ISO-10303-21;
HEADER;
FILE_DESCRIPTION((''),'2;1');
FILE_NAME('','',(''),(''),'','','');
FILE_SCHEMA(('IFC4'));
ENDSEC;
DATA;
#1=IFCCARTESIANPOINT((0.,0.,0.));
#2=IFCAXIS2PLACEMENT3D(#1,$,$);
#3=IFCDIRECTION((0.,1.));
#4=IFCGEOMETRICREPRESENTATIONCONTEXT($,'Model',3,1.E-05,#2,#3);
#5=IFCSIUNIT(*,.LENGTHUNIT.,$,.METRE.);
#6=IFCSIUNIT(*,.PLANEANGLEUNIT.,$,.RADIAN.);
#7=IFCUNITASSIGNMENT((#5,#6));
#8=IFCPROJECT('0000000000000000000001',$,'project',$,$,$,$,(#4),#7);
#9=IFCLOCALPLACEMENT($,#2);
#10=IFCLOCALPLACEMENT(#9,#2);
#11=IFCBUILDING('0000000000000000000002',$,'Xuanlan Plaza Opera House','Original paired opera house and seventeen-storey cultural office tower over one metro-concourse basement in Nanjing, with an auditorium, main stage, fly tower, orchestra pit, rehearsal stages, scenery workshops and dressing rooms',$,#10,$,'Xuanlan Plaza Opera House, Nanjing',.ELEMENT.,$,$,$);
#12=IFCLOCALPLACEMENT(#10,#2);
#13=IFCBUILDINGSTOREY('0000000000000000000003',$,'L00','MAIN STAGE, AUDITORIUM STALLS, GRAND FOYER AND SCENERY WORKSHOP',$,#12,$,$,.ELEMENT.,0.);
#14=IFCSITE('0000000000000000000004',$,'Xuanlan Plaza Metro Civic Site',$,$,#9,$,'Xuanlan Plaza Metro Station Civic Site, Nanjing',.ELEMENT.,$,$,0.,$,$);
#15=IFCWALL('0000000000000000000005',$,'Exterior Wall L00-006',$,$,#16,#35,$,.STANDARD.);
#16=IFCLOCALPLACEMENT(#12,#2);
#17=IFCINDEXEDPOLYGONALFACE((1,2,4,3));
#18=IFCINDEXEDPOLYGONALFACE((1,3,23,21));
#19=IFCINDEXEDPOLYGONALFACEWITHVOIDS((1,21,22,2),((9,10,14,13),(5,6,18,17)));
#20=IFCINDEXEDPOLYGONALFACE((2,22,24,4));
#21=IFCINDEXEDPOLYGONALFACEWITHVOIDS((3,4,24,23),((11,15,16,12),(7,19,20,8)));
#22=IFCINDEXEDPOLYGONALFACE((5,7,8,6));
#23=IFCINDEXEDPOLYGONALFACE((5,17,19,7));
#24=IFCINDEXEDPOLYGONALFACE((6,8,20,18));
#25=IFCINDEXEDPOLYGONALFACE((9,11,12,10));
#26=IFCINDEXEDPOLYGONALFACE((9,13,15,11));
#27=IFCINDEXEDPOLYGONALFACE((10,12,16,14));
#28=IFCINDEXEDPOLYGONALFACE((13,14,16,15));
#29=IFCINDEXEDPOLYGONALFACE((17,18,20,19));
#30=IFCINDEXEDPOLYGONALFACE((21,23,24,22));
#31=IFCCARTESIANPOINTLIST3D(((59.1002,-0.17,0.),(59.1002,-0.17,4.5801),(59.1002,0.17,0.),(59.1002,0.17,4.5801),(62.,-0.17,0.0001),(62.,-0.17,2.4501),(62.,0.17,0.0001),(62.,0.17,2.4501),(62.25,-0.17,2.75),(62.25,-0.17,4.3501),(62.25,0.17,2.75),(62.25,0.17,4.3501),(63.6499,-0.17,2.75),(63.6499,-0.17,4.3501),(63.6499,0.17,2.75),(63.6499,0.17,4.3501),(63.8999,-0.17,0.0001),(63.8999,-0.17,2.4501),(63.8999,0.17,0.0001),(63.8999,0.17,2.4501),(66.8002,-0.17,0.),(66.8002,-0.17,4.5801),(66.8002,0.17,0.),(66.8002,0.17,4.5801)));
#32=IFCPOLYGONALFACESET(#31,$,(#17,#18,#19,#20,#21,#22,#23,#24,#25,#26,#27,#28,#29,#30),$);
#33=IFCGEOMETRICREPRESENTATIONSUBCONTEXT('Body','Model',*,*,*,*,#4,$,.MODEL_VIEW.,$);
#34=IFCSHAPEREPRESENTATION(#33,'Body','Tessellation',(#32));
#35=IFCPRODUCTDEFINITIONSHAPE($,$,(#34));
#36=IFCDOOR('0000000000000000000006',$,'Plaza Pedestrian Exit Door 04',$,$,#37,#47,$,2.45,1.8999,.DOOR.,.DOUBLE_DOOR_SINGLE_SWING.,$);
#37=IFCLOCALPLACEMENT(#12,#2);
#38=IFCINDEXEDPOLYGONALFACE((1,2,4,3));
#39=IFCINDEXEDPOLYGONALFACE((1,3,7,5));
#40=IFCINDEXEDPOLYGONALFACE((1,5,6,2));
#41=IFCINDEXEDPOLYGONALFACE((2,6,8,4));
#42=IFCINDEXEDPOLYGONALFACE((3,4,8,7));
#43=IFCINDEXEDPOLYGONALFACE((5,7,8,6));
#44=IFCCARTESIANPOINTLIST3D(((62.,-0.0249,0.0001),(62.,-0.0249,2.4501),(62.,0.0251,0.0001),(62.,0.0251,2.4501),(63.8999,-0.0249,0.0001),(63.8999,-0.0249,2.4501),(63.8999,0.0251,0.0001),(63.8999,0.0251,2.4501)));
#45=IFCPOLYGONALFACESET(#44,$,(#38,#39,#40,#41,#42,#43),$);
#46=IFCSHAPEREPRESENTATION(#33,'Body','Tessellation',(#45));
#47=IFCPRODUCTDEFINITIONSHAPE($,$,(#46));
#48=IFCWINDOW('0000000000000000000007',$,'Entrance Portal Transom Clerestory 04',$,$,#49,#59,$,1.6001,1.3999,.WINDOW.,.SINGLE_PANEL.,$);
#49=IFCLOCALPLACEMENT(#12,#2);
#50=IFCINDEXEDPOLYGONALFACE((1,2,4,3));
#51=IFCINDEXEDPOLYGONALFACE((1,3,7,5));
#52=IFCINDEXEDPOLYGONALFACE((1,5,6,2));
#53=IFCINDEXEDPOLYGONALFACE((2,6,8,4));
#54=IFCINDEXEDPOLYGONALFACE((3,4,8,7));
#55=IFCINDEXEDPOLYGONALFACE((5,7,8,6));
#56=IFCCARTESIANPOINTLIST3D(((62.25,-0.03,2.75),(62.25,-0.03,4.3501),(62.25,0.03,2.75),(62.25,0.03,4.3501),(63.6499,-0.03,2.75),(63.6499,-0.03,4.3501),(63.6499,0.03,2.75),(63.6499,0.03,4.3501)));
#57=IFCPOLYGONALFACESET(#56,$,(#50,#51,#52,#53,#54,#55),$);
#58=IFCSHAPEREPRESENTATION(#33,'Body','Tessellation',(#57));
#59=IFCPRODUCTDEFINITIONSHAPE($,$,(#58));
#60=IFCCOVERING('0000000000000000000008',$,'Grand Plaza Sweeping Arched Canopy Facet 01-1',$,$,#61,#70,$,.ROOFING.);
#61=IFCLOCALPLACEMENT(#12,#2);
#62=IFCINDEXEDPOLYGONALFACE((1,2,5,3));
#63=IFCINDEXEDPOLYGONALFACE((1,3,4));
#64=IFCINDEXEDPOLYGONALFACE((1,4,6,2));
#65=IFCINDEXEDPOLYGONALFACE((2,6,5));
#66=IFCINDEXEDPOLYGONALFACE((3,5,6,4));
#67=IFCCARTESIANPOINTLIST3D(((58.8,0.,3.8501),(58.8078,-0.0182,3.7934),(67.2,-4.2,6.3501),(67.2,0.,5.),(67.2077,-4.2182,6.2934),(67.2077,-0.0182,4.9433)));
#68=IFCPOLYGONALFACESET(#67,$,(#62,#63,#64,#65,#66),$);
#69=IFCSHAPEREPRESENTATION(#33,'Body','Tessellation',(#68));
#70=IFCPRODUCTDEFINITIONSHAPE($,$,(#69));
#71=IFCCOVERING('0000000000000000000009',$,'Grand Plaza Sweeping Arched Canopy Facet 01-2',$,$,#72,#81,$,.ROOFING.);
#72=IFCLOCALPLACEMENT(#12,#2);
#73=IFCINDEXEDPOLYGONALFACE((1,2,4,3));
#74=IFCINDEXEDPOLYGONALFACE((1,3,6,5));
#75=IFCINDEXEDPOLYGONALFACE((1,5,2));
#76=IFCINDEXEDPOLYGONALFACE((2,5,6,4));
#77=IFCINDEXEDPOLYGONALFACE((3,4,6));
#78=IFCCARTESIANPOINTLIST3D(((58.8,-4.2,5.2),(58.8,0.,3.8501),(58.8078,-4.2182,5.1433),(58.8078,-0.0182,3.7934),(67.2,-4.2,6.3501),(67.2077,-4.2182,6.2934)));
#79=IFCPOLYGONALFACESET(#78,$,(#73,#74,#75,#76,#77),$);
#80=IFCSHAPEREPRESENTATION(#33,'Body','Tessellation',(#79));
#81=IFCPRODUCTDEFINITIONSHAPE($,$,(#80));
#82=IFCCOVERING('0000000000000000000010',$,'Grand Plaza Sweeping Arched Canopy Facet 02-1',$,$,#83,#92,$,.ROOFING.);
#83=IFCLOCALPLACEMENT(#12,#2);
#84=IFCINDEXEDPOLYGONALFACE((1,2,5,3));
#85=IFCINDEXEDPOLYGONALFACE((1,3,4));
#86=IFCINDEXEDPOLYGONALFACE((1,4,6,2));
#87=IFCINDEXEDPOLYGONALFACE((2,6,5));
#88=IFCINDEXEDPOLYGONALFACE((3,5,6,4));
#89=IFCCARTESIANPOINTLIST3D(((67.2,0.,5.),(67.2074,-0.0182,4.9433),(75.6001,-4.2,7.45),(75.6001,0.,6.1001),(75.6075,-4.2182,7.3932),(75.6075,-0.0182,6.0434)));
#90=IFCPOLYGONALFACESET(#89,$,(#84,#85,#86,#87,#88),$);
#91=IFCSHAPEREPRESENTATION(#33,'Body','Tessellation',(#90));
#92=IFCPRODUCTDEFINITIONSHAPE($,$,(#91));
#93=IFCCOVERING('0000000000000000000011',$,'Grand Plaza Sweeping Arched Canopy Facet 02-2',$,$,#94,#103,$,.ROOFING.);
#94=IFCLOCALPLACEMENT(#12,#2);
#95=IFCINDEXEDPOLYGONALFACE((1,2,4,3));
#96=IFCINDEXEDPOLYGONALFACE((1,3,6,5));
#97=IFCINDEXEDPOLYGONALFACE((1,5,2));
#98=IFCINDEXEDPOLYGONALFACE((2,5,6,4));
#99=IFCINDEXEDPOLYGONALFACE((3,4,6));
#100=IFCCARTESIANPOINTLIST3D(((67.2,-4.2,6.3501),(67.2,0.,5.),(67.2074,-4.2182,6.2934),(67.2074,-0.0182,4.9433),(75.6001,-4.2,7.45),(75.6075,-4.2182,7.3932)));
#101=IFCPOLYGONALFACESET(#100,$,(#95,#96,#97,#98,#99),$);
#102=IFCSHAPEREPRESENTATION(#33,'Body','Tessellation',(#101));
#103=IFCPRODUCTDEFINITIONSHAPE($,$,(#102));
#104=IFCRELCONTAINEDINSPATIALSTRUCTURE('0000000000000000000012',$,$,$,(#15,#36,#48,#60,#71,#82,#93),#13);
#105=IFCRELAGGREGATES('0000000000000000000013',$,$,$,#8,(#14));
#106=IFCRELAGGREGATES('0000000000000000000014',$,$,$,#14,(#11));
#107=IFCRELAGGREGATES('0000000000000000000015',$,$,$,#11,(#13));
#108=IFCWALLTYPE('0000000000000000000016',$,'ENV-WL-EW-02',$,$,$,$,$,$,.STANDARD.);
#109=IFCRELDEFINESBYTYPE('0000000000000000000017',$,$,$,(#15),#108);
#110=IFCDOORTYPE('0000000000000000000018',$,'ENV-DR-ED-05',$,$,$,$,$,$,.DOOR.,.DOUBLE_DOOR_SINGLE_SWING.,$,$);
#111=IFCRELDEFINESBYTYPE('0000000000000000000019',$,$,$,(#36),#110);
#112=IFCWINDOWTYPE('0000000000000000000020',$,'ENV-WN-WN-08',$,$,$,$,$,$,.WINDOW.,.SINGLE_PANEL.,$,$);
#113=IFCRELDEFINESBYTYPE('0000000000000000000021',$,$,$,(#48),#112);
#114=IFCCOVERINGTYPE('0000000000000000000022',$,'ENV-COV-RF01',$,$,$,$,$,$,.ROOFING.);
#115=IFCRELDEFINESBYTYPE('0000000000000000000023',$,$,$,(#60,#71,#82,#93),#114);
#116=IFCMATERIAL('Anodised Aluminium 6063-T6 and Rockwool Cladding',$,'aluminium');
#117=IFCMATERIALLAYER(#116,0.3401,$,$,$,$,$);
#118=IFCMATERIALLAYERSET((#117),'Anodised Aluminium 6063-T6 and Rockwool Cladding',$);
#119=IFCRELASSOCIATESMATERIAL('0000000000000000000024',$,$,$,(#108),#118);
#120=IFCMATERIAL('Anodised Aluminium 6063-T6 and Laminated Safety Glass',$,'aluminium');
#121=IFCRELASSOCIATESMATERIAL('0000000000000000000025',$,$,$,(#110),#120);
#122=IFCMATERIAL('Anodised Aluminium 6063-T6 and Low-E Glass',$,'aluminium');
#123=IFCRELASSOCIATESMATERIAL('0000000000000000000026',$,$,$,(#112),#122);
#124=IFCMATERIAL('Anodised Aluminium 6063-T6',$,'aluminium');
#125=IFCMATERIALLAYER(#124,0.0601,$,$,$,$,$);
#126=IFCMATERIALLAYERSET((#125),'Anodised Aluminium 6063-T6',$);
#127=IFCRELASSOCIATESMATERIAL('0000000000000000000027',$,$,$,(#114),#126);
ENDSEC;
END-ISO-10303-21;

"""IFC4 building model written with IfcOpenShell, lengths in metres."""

from ifc_helpers import new_model, si_unit, direction, frame, frame_2d, origin, place, context, subcontext, project, spatial, polyline, rectangle, outline, extrude, material, layer, layer_set, type_object, element, fill, save


model = new_model("IFC4")

# Units and contexts
model_context = context("Model", 3, precision=1e-05, world=origin(), true_north=direction((0.0, 1.0)))
body_context = subcontext(model_context, "Body", "Model", "MODEL_VIEW")
ifc_project = project(units=[si_unit("LENGTHUNIT", "METRE"), si_unit("PLANEANGLEUNIT", "RADIAN")], contexts=[model_context])

# Site, building, storey
site_placement = place(None, origin())
site = spatial("IfcSite", under=ifc_project, at=site_placement, Name="Xuanlan Plaza Metro Civic Site", LongName="Xuanlan Plaza Metro Station Civic Site, Nanjing", CompositionType="ELEMENT", RefElevation=0.0)
building_placement = place(site_placement, origin())
building = spatial("IfcBuilding", under=site, at=building_placement, Name="Xuanlan Plaza Opera House", Description="Original paired opera house and seventeen-storey cultural office tower over one metro-concourse basement in Nanjing, with an auditorium, main stage, fly tower, orchestra pit, rehearsal stages, scenery workshops and dressing rooms", LongName="Xuanlan Plaza Opera House, Nanjing", CompositionType="ELEMENT")
storey_placement = place(building_placement, origin())
storey = spatial("IfcBuildingStorey", under=building, at=storey_placement, Name="L00", Description="MAIN STAGE, AUDITORIUM STALLS, GRAND FOYER AND SCENERY WORKSHOP", CompositionType="ELEMENT", Elevation=0.0)

# Shared definitions
ifc_material_1 = material(Name="Anodised Aluminium 6063-T6 and Low-E Glass", Category="aluminium")
ifc_material_2 = material(Name="Anodised Aluminium 6063-T6", Category="aluminium")

# Wall, openings, door, window
ifc_material_3 = material(Name="Anodised Aluminium 6063-T6 and Rockwool Cladding", Category="aluminium")
ifc_layer_1 = layer(ifc_material_3, 0.3401)
ifc_layer_set_1 = layer_set([ifc_layer_1], Name="Anodised Aluminium 6063-T6 and Rockwool Cladding")
wall_type = type_object("IfcWallType", Name="ENV-WL-EW-02", PredefinedType="STANDARD", material=ifc_layer_set_1)
wall_placement = place(storey_placement, frame((59.1001, 0.0, 0.0), z_axis=(0.0, 0.0, 1.0), x_axis=(1.0, 0.0, 0.0)))
wall = element("IfcWall", 1, at=wall_placement, inside=storey, type_object=wall_type, Name="Exterior Wall L00-006", PredefinedType="STANDARD", context=body_context, shape_type="SweptSolid", body=[
    extrude(rectangle(XDim=7.7, YDim=0.3401, at=frame_2d((3.8501, 0.0))), origin(), (0.0, 0.0, 1.0), 4.5801),
])
opening_1_placement = place(wall_placement, frame((2.8999, 0.0, 0.0)))
opening_1 = element("IfcOpeningElement", 2, at=opening_1_placement, cuts=wall, PredefinedType="OPENING", context=body_context, shape_type="SweptSolid", body=[
    extrude(rectangle(XDim=1.8999, YDim=2.45, at=frame_2d((0.95, 1.2251))), frame((0.0, 0.1799, 0.0), z_axis=(0.0, -1.0, 0.0), x_axis=(1.0, 0.0, 0.0)), (0.0, 0.0, 1.0), 0.3601),
])
opening_2_placement = place(wall_placement, frame((3.1499, 0.0, 2.75)))
opening_2 = element("IfcOpeningElement", 3, at=opening_2_placement, cuts=wall, PredefinedType="OPENING", context=body_context, shape_type="SweptSolid", body=[
    extrude(rectangle(XDim=1.3999, YDim=1.6001, at=frame_2d((0.7, 0.8))), frame((0.0, 0.1799, 0.0), z_axis=(0.0, -1.0, 0.0), x_axis=(1.0, 0.0, 0.0)), (0.0, 0.0, 1.0), 0.3601),
])
ifc_material_4 = material(Name="Anodised Aluminium 6063-T6 and Laminated Safety Glass", Category="aluminium")
door_type = type_object("IfcDoorType", Name="ENV-DR-ED-05", OperationType="DOUBLE_DOOR_SINGLE_SWING", PredefinedType="DOOR", material=ifc_material_4)
door_placement = place(opening_1_placement, frame((1.8999, 0.0, 0.0), z_axis=(0.0, 0.0, 1.0), x_axis=(-1.0, 0.0, 0.0)))
door = element("IfcDoor", 4, at=door_placement, inside=storey, type_object=door_type, Name="Plaza Pedestrian Exit Door 04", OperationType="DOUBLE_DOOR_SINGLE_SWING", OverallHeight=2.45, OverallWidth=1.8999, PredefinedType="DOOR", context=body_context, shape_type="SweptSolid", body=[
    extrude(rectangle(XDim=1.8999, YDim=2.45, at=frame_2d((0.95, 1.2251))), frame((0.0, 0.0249, 0.0), z_axis=(0.0, -1.0, 0.0), x_axis=(1.0, 0.0, 0.0)), (0.0, 0.0, 1.0), 0.05),
])
fill(opening_1, door)
window_type = type_object("IfcWindowType", Name="ENV-WN-WN-08", PartitioningType="SINGLE_PANEL", PredefinedType="WINDOW", material=ifc_material_1)
window_placement = place(opening_2_placement, origin())
window = element("IfcWindow", 5, at=window_placement, inside=storey, type_object=window_type, Name="Entrance Portal Transom Clerestory 04", OverallHeight=1.6001, OverallWidth=1.3999, PartitioningType="SINGLE_PANEL", PredefinedType="WINDOW", context=body_context, shape_type="SweptSolid", body=[
    extrude(rectangle(XDim=1.3999, YDim=1.6001, at=frame_2d((0.7, 0.8))), frame((0.0, 0.03, 0.0), z_axis=(0.0, -1.0, 0.0), x_axis=(1.0, 0.0, 0.0)), (0.0, 0.0, 1.0), 0.0601),
])
fill(opening_2, window)

# Coverings
ifc_layer_2 = layer(ifc_material_2, 0.0601)
ifc_layer_set_2 = layer_set([ifc_layer_2], Name="Anodised Aluminium 6063-T6")
covering_type = type_object("IfcCoveringType", Name="ENV-COV-RF01", PredefinedType="ROOFING", material=ifc_layer_set_2)
covering_1_placement = place(storey_placement, frame((58.8, 0.0, 3.8501), z_axis=(-0.129234, 0.303466, 0.944038), x_axis=(0.99076, 0.0, 0.13563)))
element("IfcCovering", 6, at=covering_1_placement, inside=storey, type_object=covering_type, Name="Grand Plaza Sweeping Arched Canopy Facet 01-1", PredefinedType="ROOFING", context=body_context, shape_type="SweptSolid", body=[
    extrude(outline(polyline([(0.0, 0.0), (8.4782, 0.0), (8.6614, -4.4078), (0.0, 0.0)])), origin(), (0.0, 0.0, -1.0), 0.0601),
])
covering_2_placement = place(storey_placement, frame((58.8, 0.0, 3.8501), z_axis=(-0.129263, 0.303415, 0.94405), x_axis=(0.864327, -0.432163, 0.257243)))
element("IfcCovering", 7, at=covering_2_placement, inside=storey, type_object=covering_type, Name="Grand Plaza Sweeping Arched Canopy Facet 01-2", PredefinedType="ROOFING", context=body_context, shape_type="SweptSolid", body=[
    extrude(outline(polyline([(0.0, 0.0), (9.7184, 0.0), (2.1623, -3.8453), (0.0, 0.0)])), origin(), (0.0, 0.0, -1.0), 0.0601),
])
covering_3_placement = place(storey_placement, frame((67.2, 0.0, 5.0), z_axis=(-0.123722, 0.303631, 0.944723), x_axis=(0.991533, 0.0, 0.129853)))
element("IfcCovering", 8, at=covering_3_placement, inside=storey, type_object=covering_type, Name="Grand Plaza Sweeping Arched Canopy Facet 02-1", PredefinedType="ROOFING", context=body_context, shape_type="SweptSolid", body=[
    extrude(outline(polyline([(0.0, 0.0), (8.4719, 0.0), (8.6472, -4.4081), (0.0, 0.0)])), origin(), (0.0, 0.0, -1.0), 0.0601),
])
covering_4_placement = place(storey_placement, frame((67.2, 0.0, 5.0), z_axis=(-0.123693, 0.303682, 0.94471), x_axis=(0.865469, -0.432722, 0.252419)))
element("IfcCovering", 9, at=covering_4_placement, inside=storey, type_object=covering_type, Name="Grand Plaza Sweeping Arched Canopy Facet 02-2", PredefinedType="ROOFING", context=body_context, shape_type="SweptSolid", body=[
    extrude(outline(polyline([(0.0, 0.0), (9.7059, 0.0), (2.1582, -3.8477), (0.0, 0.0)])), origin(), (0.0, 0.0, -1.0), 0.0601),
])

save(model, "model.ifc")
